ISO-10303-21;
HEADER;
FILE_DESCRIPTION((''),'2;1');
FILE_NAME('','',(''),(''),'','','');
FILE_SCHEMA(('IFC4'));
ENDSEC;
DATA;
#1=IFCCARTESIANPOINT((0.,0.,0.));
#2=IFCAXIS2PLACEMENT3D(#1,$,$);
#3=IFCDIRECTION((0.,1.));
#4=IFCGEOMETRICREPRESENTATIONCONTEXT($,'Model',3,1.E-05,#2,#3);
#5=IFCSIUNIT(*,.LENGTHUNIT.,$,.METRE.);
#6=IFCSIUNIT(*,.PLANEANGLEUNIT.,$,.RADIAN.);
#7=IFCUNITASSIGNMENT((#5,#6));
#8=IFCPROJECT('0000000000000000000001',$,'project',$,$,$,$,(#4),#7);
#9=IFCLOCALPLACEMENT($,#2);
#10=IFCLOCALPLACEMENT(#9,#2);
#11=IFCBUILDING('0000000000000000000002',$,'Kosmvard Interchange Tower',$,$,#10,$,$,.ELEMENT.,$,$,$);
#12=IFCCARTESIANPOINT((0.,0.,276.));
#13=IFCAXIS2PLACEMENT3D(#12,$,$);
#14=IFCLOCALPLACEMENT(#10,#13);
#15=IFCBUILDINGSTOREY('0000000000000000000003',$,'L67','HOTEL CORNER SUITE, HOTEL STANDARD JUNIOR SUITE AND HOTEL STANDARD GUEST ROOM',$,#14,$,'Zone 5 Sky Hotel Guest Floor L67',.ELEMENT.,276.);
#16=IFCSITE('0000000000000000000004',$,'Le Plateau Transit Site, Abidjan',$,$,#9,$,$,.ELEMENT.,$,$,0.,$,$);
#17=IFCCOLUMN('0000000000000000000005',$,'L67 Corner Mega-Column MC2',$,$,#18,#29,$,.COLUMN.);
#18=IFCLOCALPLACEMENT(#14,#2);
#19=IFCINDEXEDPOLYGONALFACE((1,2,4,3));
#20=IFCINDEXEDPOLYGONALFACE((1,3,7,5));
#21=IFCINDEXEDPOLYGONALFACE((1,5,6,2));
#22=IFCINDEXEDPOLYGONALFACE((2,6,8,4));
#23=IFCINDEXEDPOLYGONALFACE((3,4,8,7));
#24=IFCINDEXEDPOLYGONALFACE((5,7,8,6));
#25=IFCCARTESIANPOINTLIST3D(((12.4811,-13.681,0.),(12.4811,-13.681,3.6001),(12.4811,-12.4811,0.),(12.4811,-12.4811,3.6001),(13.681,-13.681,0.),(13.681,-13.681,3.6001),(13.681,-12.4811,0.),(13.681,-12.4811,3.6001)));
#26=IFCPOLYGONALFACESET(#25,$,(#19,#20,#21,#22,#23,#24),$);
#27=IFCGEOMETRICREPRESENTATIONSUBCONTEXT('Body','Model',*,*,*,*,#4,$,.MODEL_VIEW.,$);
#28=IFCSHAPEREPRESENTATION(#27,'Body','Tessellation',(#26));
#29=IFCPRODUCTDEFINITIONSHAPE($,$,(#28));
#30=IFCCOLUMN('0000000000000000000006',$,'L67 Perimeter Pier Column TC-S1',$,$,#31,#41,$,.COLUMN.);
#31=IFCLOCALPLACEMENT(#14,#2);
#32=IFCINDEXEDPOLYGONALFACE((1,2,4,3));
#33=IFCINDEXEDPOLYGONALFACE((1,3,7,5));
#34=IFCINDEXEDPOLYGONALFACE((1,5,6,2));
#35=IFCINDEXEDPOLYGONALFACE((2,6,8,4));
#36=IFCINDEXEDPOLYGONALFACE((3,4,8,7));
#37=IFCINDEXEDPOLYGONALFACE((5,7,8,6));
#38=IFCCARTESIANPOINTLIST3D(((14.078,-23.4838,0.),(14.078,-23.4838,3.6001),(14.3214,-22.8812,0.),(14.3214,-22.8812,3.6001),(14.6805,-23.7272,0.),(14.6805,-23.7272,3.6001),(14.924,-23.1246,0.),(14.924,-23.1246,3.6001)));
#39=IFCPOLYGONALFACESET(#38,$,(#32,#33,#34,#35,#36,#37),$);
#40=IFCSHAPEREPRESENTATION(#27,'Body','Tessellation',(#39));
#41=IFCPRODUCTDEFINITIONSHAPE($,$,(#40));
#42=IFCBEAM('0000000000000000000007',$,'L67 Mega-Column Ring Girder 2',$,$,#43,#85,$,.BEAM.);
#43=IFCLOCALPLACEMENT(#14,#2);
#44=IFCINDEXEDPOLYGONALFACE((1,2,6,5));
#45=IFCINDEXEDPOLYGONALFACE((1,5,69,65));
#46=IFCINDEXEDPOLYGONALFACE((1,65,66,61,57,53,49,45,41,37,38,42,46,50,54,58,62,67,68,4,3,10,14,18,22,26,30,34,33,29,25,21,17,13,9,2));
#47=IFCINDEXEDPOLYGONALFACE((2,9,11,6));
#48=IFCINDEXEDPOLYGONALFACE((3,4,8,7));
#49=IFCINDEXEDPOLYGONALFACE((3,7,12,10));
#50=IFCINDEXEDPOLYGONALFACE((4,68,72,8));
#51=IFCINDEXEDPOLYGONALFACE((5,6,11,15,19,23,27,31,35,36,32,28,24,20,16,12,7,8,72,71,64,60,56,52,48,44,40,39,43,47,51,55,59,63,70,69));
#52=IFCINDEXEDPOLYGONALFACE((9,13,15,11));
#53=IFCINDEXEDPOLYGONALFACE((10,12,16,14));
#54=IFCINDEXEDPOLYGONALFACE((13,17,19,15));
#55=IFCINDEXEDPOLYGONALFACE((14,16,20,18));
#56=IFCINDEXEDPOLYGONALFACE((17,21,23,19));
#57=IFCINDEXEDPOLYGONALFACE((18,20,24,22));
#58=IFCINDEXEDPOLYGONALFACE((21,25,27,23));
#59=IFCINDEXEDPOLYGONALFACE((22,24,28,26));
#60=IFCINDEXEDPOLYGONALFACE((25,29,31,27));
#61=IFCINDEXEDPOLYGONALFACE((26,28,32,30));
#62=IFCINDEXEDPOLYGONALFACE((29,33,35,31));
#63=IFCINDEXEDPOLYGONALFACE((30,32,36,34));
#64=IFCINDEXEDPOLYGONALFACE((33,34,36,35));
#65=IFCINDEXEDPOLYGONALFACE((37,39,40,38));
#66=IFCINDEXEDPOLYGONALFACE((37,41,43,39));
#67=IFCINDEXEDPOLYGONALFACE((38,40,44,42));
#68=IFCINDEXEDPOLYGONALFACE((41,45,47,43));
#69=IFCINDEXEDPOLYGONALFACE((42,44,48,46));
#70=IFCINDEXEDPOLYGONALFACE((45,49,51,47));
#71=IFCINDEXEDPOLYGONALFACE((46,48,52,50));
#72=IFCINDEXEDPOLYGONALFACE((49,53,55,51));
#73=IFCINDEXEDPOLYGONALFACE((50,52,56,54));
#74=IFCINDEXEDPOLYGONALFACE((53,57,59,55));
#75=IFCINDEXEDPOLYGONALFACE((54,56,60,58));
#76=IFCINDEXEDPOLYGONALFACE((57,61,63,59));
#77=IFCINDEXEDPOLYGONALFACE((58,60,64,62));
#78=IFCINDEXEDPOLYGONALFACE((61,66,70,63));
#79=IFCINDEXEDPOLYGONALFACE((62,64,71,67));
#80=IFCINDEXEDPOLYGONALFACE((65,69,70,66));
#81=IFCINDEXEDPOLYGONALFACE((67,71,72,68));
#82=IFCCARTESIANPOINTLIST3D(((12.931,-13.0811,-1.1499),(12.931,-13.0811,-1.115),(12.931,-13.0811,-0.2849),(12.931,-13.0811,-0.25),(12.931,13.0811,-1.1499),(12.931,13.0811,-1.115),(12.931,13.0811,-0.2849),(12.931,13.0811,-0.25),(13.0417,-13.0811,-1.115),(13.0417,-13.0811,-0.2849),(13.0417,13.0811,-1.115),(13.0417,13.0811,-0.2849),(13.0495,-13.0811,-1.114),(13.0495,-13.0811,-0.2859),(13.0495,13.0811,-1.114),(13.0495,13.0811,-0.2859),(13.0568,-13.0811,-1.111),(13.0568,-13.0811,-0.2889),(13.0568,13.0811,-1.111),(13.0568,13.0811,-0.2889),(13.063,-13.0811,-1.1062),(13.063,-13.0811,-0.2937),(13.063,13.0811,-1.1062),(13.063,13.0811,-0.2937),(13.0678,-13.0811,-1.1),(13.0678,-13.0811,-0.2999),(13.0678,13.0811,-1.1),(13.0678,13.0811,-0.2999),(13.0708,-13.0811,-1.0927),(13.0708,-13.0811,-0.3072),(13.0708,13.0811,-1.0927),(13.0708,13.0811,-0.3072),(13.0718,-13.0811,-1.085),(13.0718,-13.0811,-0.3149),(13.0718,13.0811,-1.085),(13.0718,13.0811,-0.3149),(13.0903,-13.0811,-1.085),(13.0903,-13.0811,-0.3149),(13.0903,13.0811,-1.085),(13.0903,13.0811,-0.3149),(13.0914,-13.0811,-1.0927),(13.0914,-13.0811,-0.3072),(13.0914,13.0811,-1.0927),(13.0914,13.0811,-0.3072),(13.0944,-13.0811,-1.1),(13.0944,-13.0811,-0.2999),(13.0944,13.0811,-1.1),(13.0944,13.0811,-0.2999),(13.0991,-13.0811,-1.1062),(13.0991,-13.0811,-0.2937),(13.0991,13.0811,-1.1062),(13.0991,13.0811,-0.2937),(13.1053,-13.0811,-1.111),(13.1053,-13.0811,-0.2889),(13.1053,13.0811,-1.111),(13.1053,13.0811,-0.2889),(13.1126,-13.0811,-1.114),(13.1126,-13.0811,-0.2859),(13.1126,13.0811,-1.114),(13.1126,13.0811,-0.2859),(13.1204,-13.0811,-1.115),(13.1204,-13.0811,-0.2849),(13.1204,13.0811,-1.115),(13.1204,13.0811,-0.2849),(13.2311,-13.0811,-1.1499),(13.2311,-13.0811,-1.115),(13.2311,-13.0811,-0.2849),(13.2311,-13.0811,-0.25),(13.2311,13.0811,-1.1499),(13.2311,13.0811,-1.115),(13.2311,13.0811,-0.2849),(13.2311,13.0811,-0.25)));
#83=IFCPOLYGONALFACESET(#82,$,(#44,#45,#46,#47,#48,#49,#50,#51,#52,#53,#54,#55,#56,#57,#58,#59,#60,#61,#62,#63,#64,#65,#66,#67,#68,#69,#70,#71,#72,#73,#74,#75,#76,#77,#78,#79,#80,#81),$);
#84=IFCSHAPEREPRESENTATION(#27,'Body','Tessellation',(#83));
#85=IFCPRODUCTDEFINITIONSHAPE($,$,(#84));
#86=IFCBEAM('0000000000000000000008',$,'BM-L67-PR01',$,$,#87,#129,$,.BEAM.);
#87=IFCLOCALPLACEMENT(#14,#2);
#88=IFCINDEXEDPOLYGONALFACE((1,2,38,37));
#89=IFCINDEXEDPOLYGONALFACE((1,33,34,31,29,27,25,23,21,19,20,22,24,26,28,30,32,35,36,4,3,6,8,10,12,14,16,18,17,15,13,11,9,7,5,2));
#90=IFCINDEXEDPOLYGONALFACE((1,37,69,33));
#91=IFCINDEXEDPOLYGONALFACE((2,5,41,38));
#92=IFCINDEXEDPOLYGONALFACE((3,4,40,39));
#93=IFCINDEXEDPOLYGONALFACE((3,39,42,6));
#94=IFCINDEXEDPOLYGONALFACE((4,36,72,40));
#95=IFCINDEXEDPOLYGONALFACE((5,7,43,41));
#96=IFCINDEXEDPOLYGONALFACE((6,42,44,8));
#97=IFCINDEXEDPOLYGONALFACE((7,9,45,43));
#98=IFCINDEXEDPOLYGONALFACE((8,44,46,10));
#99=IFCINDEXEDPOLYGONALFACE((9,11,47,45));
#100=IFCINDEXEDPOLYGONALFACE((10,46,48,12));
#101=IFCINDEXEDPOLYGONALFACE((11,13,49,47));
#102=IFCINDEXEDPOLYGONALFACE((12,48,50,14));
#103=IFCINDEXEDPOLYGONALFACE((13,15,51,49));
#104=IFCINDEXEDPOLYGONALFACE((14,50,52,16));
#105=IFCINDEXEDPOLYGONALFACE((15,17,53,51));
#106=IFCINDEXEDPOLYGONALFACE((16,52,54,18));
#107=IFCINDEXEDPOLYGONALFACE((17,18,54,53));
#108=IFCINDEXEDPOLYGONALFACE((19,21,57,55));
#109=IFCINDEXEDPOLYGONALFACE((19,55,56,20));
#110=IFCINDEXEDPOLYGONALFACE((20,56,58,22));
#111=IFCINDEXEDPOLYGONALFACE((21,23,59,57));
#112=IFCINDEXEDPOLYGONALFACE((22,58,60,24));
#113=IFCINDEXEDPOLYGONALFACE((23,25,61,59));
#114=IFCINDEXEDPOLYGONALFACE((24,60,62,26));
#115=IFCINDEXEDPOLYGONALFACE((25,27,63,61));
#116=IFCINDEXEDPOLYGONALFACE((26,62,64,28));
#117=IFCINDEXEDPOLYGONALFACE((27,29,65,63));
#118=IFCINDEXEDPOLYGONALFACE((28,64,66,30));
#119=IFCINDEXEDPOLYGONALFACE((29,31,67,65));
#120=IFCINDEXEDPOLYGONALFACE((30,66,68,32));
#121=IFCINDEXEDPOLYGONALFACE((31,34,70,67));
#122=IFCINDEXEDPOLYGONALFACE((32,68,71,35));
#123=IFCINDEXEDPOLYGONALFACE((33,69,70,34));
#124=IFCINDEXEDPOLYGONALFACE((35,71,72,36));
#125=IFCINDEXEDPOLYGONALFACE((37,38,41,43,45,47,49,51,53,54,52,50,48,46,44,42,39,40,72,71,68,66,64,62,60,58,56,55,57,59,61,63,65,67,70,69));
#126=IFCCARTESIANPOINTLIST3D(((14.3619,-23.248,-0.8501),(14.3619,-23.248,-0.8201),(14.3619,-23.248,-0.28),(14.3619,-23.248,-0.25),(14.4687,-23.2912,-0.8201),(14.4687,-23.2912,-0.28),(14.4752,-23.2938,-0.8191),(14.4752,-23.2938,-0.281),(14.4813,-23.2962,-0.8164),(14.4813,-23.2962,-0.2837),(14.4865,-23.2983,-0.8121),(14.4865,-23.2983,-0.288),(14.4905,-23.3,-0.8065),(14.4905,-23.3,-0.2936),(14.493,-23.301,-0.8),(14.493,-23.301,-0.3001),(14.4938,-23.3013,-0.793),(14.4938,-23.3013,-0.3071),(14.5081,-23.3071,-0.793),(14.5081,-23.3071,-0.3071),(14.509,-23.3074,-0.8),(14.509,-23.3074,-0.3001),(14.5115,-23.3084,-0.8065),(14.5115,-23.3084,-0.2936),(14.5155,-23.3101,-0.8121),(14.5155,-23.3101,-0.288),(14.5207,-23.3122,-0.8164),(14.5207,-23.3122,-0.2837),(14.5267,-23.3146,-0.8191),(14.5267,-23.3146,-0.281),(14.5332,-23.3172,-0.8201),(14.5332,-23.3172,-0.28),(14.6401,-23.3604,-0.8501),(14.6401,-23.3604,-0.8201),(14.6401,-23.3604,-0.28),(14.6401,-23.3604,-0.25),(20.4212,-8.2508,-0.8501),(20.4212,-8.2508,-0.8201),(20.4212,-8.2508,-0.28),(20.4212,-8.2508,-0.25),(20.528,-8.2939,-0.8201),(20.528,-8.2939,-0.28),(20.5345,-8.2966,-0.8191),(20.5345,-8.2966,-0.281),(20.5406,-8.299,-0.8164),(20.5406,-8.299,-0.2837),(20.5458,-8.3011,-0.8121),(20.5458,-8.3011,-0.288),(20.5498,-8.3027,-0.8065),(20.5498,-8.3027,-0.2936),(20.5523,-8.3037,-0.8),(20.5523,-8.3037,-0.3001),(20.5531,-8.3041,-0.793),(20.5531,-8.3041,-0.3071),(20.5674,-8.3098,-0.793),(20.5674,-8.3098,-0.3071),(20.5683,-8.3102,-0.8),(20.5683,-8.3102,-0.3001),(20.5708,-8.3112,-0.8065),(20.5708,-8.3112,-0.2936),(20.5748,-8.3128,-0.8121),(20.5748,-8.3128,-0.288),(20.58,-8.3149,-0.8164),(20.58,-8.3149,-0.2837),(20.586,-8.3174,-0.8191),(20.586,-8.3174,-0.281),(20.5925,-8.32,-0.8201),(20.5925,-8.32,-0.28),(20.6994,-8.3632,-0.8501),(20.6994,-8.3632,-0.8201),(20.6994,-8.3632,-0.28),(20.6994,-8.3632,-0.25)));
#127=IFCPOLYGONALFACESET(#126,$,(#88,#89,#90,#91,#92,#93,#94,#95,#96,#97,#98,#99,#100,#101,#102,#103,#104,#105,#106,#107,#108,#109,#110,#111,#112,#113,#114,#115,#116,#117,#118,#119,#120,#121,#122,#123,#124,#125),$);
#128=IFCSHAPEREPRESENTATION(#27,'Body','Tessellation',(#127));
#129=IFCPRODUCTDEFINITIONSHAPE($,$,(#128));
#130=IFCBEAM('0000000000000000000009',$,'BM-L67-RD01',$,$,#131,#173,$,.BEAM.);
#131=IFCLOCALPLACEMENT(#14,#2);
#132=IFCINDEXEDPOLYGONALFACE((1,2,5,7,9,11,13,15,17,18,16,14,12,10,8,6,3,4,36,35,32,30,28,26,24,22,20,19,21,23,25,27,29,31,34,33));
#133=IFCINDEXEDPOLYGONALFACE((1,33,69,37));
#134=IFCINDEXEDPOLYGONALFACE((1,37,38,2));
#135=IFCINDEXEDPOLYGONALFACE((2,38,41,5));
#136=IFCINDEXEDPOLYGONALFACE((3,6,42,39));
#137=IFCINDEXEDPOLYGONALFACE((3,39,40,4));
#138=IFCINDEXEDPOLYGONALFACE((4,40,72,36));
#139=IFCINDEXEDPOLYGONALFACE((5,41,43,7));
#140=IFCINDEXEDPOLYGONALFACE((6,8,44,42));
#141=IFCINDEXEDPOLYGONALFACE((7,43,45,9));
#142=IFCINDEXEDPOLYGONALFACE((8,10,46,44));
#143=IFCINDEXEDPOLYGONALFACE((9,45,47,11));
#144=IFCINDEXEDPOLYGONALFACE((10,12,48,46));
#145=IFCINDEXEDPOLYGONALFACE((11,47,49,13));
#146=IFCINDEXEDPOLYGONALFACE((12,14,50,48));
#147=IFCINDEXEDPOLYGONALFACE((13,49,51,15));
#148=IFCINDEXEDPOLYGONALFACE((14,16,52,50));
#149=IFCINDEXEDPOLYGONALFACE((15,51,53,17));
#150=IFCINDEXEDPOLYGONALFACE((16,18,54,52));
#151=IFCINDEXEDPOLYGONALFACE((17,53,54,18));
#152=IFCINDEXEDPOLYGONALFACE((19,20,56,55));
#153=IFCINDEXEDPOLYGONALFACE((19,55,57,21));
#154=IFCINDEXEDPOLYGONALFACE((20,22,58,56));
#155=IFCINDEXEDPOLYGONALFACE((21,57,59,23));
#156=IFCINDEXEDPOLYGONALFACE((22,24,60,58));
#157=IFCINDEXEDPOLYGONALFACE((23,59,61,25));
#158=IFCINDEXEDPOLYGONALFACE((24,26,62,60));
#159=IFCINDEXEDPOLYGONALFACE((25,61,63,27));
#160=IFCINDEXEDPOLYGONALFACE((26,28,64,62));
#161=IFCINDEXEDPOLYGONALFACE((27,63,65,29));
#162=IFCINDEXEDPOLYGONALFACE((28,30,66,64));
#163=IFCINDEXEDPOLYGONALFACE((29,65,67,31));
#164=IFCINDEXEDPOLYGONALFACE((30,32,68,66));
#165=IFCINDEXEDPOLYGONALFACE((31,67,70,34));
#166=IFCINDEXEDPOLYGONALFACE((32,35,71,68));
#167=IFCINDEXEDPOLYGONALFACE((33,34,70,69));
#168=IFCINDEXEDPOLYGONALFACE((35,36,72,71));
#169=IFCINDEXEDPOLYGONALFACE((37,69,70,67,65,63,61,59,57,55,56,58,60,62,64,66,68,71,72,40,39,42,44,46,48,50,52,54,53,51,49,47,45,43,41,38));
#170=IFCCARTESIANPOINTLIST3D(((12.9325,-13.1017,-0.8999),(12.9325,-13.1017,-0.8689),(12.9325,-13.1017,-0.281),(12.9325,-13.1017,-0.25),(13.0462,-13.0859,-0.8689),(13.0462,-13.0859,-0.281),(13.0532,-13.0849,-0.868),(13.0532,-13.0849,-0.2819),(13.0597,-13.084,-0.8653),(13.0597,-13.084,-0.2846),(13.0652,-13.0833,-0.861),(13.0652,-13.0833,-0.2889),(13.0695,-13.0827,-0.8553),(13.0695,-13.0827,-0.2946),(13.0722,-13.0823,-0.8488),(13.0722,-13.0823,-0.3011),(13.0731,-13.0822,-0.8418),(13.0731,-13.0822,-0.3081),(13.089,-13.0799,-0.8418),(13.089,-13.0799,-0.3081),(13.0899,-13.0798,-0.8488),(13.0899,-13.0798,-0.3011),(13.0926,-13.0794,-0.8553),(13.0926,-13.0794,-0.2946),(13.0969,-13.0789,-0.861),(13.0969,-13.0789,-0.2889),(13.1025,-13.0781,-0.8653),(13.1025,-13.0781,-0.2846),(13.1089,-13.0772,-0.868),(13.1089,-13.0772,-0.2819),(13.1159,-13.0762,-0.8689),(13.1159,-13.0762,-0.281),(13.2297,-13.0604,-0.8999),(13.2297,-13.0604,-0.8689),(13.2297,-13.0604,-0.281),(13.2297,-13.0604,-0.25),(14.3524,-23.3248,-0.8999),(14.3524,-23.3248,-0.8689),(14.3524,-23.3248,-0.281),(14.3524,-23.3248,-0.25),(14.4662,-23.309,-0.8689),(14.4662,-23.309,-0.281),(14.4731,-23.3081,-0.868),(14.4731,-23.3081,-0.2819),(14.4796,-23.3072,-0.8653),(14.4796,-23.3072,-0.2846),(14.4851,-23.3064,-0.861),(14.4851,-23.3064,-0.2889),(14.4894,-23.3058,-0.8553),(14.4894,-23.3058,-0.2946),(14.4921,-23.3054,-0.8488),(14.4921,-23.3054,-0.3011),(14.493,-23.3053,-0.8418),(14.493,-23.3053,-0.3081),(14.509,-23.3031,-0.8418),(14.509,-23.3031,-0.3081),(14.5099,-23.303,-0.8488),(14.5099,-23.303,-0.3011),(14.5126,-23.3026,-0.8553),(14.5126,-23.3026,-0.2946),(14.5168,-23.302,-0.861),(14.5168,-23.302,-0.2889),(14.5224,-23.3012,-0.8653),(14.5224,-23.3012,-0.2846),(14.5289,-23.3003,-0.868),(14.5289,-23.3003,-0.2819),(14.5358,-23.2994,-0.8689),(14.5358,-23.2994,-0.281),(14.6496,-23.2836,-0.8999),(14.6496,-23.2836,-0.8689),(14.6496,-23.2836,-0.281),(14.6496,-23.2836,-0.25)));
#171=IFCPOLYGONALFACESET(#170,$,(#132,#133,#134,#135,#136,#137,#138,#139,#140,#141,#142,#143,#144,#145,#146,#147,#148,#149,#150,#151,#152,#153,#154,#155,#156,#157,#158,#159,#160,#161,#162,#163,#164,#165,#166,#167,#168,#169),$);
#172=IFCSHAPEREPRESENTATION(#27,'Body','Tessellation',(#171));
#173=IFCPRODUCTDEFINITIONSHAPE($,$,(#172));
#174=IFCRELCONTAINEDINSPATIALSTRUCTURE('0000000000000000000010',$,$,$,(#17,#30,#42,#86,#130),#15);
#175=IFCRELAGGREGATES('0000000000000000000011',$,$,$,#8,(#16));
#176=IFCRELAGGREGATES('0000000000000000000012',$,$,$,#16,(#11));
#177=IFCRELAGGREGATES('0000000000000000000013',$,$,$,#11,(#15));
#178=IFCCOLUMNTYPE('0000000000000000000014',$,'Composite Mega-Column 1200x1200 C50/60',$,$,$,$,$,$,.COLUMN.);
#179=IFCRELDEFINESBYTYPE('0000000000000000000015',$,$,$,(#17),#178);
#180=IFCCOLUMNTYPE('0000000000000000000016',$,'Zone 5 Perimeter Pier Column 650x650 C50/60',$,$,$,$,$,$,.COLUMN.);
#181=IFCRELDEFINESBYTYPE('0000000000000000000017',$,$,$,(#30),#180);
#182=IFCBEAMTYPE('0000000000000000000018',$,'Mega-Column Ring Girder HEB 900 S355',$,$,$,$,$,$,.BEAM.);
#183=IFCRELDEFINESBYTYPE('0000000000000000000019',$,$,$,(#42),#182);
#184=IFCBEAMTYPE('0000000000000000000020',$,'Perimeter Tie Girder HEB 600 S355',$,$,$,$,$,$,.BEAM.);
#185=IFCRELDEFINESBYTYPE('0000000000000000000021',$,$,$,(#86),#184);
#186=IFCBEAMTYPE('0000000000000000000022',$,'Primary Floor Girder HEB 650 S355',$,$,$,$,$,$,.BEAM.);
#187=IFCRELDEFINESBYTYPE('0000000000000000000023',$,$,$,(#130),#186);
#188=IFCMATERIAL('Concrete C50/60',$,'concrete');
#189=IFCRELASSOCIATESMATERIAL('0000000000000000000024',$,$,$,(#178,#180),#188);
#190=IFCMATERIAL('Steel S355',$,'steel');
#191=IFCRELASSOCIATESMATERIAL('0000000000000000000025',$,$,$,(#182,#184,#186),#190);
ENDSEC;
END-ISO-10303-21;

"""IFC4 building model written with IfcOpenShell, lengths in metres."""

from ifc_helpers import new_model, si_unit, direction, frame, origin, origin_2d, place, context, subcontext, project, spatial, rectangle, i_section, extrude, source, transform, mapped, material, material_profile, profile_set, type_object, element, save


model = new_model("IFC4")

# Units and contexts
model_context = context("Model", 3, precision=1e-05, world=origin(), true_north=direction((0.0, 1.0)))
body_context = subcontext(model_context, "Body", "Model", "MODEL_VIEW")
ifc_project = project(units=[si_unit("LENGTHUNIT", "METRE"), si_unit("PLANEANGLEUNIT", "RADIAN")], contexts=[model_context])

# Site, building, storey
site_placement = place(None, origin())
site = spatial("IfcSite", under=ifc_project, at=site_placement, Name="Le Plateau Transit Site, Abidjan", CompositionType="ELEMENT", RefElevation=0.0)
building_placement = place(site_placement, origin())
building = spatial("IfcBuilding", under=site, at=building_placement, Name="Kosmvard Interchange Tower", CompositionType="ELEMENT")
storey_placement = place(building_placement, frame((0.0, 0.0, 276.0)))
storey = spatial("IfcBuildingStorey", under=building, at=storey_placement, Name="L67", Description="HOTEL CORNER SUITE, HOTEL STANDARD JUNIOR SUITE AND HOTEL STANDARD GUEST ROOM", LongName="Zone 5 Sky Hotel Guest Floor L67", CompositionType="ELEMENT", Elevation=276.0)

# Columns
ifc_material_1 = material(Name="Concrete C50/60", Category="concrete")
ifc_material_profile_1 = material_profile(ifc_material_1, rectangle(XDim=1.2, YDim=1.2, at=origin_2d()), Name="MC 1200x1200")
ifc_profile_set_1 = profile_set([ifc_material_profile_1], Name="Concrete C50/60")
column_type_1 = type_object("IfcColumnType", Name="Composite Mega-Column 1200x1200 C50/60", PredefinedType="COLUMN", material=ifc_profile_set_1)
shared_shape_1 = source(origin(), body_context, "Body", "SweptSolid", [
    extrude(rectangle(XDim=1.2, YDim=1.2, at=origin_2d()), origin(), (0.0, 0.0, 1.0), 3.6001),
])
column_1_placement = place(storey_placement, frame((13.0811, -13.0811, 0.0), z_axis=(0.0, 0.0, 1.0), x_axis=(1.0, 0.0, 0.0)))
element("IfcColumn", 1, at=column_1_placement, inside=storey, type_object=column_type_1, Name="L67 Corner Mega-Column MC2", PredefinedType="COLUMN", context=body_context, shape_type="MappedRepresentation", body=[
    mapped(shared_shape_1, transform((0.0, 0.0, 0.0), scale=1.0)),
])
ifc_material_profile_2 = material_profile(ifc_material_1, rectangle(XDim=0.6499, YDim=0.6499, at=origin_2d()), Name="TC 650x650")
ifc_profile_set_2 = profile_set([ifc_material_profile_2], Name="Concrete C50/60")
column_type_2 = type_object("IfcColumnType", Name="Zone 5 Perimeter Pier Column 650x650 C50/60", PredefinedType="COLUMN", material=ifc_profile_set_2)
shared_shape_2 = source(origin(), body_context, "Body", "SweptSolid", [
    extrude(rectangle(XDim=0.6499, YDim=0.6499, at=origin_2d()), origin(), (0.0, 0.0, 1.0), 3.6001),
])
column_2_placement = place(storey_placement, frame((14.501, -23.3042, 0.0), z_axis=(0.0, 0.0, 1.0), x_axis=(0.374607, 0.927184, 0.0)))
element("IfcColumn", 2, at=column_2_placement, inside=storey, type_object=column_type_2, Name="L67 Perimeter Pier Column TC-S1", PredefinedType="COLUMN", context=body_context, shape_type="MappedRepresentation", body=[
    mapped(shared_shape_2, transform((0.0, 0.0, 0.0), scale=1.0)),
])

# Beams
ifc_material_2 = material(Name="Steel S355", Category="steel")
ifc_material_profile_3 = material_profile(ifc_material_2, i_section(OverallWidth=0.3, OverallDepth=0.8999, WebThickness=0.0186, FlangeThickness=0.0349, FilletRadius=0.03, at=origin_2d()), Name="HEB 900")
ifc_profile_set_3 = profile_set([ifc_material_profile_3], Name="Steel S355")
beam_type_1 = type_object("IfcBeamType", Name="Mega-Column Ring Girder HEB 900 S355", PredefinedType="BEAM", material=ifc_profile_set_3)
shared_shape_3 = source(origin(), body_context, "Body", "SweptSolid", [
    extrude(i_section(OverallWidth=0.3, OverallDepth=0.8999, WebThickness=0.0186, FlangeThickness=0.0349, FilletRadius=0.03, at=origin_2d()), origin(), (0.0, 0.0, 1.0), 26.1621),
])
beam_1_placement = place(storey_placement, frame((13.0811, -13.0811, -0.7), z_axis=(0.0, 1.0, 0.0), x_axis=(-1.0, 0.0, 0.0)))
element("IfcBeam", 3, at=beam_1_placement, inside=storey, type_object=beam_type_1, Name="L67 Mega-Column Ring Girder 2", PredefinedType="BEAM", context=body_context, shape_type="MappedRepresentation", body=[
    mapped(shared_shape_3, transform((0.0, 0.0, 0.0), scale=1.0)),
])
ifc_material_profile_4 = material_profile(ifc_material_2, i_section(OverallWidth=0.3, OverallDepth=0.6001, WebThickness=0.0154, FlangeThickness=0.03, FilletRadius=0.0271, at=origin_2d()), Name="HEB 600")
ifc_profile_set_4 = profile_set([ifc_material_profile_4], Name="Steel S355")
beam_type_2 = type_object("IfcBeamType", Name="Perimeter Tie Girder HEB 600 S355", PredefinedType="BEAM", material=ifc_profile_set_4)
shared_shape_4 = source(origin(), body_context, "Body", "SweptSolid", [
    extrude(i_section(OverallWidth=0.3, OverallDepth=0.6001, WebThickness=0.0154, FlangeThickness=0.03, FilletRadius=0.0271, at=origin_2d()), origin(), (0.0, 0.0, 1.0), 16.175),
])
beam_2_placement = place(storey_placement, frame((14.501, -23.3042, -0.55), z_axis=(0.374608, 0.927183, 0.0), x_axis=(-0.927183, 0.374608, 0.0)))
element("IfcBeam", 4, at=beam_2_placement, inside=storey, type_object=beam_type_2, Name="BM-L67-PR01", PredefinedType="BEAM", context=body_context, shape_type="MappedRepresentation", body=[
    mapped(shared_shape_4, transform((0.0, 0.0, 0.0), scale=1.0)),
])
ifc_material_profile_5 = material_profile(ifc_material_2, i_section(OverallWidth=0.3, OverallDepth=0.6499, WebThickness=0.0161, FlangeThickness=0.031, FilletRadius=0.0271, at=origin_2d()), Name="HEB 650")
ifc_profile_set_5 = profile_set([ifc_material_profile_5], Name="Steel S355")
beam_type_3 = type_object("IfcBeamType", Name="Primary Floor Girder HEB 650 S355", PredefinedType="BEAM", material=ifc_profile_set_5)
shared_shape_5 = source(origin(), body_context, "Body", "SweptSolid", [
    extrude(i_section(OverallWidth=0.3, OverallDepth=0.6499, WebThickness=0.0161, FlangeThickness=0.031, FilletRadius=0.0271, at=origin_2d()), origin(), (0.0, 0.0, 1.0), 10.3213),
])
beam_3_placement = place(storey_placement, frame((13.0811, -13.0811, -0.575), z_axis=(0.137572, -0.990492, 0.0), x_axis=(0.990492, 0.137572, 0.0)))
element("IfcBeam", 5, at=beam_3_placement, inside=storey, type_object=beam_type_3, Name="BM-L67-RD01", PredefinedType="BEAM", context=body_context, shape_type="MappedRepresentation", body=[
    mapped(shared_shape_5, transform((0.0, 0.0, 0.0), scale=1.0)),
])

save(model, "model.ifc")
